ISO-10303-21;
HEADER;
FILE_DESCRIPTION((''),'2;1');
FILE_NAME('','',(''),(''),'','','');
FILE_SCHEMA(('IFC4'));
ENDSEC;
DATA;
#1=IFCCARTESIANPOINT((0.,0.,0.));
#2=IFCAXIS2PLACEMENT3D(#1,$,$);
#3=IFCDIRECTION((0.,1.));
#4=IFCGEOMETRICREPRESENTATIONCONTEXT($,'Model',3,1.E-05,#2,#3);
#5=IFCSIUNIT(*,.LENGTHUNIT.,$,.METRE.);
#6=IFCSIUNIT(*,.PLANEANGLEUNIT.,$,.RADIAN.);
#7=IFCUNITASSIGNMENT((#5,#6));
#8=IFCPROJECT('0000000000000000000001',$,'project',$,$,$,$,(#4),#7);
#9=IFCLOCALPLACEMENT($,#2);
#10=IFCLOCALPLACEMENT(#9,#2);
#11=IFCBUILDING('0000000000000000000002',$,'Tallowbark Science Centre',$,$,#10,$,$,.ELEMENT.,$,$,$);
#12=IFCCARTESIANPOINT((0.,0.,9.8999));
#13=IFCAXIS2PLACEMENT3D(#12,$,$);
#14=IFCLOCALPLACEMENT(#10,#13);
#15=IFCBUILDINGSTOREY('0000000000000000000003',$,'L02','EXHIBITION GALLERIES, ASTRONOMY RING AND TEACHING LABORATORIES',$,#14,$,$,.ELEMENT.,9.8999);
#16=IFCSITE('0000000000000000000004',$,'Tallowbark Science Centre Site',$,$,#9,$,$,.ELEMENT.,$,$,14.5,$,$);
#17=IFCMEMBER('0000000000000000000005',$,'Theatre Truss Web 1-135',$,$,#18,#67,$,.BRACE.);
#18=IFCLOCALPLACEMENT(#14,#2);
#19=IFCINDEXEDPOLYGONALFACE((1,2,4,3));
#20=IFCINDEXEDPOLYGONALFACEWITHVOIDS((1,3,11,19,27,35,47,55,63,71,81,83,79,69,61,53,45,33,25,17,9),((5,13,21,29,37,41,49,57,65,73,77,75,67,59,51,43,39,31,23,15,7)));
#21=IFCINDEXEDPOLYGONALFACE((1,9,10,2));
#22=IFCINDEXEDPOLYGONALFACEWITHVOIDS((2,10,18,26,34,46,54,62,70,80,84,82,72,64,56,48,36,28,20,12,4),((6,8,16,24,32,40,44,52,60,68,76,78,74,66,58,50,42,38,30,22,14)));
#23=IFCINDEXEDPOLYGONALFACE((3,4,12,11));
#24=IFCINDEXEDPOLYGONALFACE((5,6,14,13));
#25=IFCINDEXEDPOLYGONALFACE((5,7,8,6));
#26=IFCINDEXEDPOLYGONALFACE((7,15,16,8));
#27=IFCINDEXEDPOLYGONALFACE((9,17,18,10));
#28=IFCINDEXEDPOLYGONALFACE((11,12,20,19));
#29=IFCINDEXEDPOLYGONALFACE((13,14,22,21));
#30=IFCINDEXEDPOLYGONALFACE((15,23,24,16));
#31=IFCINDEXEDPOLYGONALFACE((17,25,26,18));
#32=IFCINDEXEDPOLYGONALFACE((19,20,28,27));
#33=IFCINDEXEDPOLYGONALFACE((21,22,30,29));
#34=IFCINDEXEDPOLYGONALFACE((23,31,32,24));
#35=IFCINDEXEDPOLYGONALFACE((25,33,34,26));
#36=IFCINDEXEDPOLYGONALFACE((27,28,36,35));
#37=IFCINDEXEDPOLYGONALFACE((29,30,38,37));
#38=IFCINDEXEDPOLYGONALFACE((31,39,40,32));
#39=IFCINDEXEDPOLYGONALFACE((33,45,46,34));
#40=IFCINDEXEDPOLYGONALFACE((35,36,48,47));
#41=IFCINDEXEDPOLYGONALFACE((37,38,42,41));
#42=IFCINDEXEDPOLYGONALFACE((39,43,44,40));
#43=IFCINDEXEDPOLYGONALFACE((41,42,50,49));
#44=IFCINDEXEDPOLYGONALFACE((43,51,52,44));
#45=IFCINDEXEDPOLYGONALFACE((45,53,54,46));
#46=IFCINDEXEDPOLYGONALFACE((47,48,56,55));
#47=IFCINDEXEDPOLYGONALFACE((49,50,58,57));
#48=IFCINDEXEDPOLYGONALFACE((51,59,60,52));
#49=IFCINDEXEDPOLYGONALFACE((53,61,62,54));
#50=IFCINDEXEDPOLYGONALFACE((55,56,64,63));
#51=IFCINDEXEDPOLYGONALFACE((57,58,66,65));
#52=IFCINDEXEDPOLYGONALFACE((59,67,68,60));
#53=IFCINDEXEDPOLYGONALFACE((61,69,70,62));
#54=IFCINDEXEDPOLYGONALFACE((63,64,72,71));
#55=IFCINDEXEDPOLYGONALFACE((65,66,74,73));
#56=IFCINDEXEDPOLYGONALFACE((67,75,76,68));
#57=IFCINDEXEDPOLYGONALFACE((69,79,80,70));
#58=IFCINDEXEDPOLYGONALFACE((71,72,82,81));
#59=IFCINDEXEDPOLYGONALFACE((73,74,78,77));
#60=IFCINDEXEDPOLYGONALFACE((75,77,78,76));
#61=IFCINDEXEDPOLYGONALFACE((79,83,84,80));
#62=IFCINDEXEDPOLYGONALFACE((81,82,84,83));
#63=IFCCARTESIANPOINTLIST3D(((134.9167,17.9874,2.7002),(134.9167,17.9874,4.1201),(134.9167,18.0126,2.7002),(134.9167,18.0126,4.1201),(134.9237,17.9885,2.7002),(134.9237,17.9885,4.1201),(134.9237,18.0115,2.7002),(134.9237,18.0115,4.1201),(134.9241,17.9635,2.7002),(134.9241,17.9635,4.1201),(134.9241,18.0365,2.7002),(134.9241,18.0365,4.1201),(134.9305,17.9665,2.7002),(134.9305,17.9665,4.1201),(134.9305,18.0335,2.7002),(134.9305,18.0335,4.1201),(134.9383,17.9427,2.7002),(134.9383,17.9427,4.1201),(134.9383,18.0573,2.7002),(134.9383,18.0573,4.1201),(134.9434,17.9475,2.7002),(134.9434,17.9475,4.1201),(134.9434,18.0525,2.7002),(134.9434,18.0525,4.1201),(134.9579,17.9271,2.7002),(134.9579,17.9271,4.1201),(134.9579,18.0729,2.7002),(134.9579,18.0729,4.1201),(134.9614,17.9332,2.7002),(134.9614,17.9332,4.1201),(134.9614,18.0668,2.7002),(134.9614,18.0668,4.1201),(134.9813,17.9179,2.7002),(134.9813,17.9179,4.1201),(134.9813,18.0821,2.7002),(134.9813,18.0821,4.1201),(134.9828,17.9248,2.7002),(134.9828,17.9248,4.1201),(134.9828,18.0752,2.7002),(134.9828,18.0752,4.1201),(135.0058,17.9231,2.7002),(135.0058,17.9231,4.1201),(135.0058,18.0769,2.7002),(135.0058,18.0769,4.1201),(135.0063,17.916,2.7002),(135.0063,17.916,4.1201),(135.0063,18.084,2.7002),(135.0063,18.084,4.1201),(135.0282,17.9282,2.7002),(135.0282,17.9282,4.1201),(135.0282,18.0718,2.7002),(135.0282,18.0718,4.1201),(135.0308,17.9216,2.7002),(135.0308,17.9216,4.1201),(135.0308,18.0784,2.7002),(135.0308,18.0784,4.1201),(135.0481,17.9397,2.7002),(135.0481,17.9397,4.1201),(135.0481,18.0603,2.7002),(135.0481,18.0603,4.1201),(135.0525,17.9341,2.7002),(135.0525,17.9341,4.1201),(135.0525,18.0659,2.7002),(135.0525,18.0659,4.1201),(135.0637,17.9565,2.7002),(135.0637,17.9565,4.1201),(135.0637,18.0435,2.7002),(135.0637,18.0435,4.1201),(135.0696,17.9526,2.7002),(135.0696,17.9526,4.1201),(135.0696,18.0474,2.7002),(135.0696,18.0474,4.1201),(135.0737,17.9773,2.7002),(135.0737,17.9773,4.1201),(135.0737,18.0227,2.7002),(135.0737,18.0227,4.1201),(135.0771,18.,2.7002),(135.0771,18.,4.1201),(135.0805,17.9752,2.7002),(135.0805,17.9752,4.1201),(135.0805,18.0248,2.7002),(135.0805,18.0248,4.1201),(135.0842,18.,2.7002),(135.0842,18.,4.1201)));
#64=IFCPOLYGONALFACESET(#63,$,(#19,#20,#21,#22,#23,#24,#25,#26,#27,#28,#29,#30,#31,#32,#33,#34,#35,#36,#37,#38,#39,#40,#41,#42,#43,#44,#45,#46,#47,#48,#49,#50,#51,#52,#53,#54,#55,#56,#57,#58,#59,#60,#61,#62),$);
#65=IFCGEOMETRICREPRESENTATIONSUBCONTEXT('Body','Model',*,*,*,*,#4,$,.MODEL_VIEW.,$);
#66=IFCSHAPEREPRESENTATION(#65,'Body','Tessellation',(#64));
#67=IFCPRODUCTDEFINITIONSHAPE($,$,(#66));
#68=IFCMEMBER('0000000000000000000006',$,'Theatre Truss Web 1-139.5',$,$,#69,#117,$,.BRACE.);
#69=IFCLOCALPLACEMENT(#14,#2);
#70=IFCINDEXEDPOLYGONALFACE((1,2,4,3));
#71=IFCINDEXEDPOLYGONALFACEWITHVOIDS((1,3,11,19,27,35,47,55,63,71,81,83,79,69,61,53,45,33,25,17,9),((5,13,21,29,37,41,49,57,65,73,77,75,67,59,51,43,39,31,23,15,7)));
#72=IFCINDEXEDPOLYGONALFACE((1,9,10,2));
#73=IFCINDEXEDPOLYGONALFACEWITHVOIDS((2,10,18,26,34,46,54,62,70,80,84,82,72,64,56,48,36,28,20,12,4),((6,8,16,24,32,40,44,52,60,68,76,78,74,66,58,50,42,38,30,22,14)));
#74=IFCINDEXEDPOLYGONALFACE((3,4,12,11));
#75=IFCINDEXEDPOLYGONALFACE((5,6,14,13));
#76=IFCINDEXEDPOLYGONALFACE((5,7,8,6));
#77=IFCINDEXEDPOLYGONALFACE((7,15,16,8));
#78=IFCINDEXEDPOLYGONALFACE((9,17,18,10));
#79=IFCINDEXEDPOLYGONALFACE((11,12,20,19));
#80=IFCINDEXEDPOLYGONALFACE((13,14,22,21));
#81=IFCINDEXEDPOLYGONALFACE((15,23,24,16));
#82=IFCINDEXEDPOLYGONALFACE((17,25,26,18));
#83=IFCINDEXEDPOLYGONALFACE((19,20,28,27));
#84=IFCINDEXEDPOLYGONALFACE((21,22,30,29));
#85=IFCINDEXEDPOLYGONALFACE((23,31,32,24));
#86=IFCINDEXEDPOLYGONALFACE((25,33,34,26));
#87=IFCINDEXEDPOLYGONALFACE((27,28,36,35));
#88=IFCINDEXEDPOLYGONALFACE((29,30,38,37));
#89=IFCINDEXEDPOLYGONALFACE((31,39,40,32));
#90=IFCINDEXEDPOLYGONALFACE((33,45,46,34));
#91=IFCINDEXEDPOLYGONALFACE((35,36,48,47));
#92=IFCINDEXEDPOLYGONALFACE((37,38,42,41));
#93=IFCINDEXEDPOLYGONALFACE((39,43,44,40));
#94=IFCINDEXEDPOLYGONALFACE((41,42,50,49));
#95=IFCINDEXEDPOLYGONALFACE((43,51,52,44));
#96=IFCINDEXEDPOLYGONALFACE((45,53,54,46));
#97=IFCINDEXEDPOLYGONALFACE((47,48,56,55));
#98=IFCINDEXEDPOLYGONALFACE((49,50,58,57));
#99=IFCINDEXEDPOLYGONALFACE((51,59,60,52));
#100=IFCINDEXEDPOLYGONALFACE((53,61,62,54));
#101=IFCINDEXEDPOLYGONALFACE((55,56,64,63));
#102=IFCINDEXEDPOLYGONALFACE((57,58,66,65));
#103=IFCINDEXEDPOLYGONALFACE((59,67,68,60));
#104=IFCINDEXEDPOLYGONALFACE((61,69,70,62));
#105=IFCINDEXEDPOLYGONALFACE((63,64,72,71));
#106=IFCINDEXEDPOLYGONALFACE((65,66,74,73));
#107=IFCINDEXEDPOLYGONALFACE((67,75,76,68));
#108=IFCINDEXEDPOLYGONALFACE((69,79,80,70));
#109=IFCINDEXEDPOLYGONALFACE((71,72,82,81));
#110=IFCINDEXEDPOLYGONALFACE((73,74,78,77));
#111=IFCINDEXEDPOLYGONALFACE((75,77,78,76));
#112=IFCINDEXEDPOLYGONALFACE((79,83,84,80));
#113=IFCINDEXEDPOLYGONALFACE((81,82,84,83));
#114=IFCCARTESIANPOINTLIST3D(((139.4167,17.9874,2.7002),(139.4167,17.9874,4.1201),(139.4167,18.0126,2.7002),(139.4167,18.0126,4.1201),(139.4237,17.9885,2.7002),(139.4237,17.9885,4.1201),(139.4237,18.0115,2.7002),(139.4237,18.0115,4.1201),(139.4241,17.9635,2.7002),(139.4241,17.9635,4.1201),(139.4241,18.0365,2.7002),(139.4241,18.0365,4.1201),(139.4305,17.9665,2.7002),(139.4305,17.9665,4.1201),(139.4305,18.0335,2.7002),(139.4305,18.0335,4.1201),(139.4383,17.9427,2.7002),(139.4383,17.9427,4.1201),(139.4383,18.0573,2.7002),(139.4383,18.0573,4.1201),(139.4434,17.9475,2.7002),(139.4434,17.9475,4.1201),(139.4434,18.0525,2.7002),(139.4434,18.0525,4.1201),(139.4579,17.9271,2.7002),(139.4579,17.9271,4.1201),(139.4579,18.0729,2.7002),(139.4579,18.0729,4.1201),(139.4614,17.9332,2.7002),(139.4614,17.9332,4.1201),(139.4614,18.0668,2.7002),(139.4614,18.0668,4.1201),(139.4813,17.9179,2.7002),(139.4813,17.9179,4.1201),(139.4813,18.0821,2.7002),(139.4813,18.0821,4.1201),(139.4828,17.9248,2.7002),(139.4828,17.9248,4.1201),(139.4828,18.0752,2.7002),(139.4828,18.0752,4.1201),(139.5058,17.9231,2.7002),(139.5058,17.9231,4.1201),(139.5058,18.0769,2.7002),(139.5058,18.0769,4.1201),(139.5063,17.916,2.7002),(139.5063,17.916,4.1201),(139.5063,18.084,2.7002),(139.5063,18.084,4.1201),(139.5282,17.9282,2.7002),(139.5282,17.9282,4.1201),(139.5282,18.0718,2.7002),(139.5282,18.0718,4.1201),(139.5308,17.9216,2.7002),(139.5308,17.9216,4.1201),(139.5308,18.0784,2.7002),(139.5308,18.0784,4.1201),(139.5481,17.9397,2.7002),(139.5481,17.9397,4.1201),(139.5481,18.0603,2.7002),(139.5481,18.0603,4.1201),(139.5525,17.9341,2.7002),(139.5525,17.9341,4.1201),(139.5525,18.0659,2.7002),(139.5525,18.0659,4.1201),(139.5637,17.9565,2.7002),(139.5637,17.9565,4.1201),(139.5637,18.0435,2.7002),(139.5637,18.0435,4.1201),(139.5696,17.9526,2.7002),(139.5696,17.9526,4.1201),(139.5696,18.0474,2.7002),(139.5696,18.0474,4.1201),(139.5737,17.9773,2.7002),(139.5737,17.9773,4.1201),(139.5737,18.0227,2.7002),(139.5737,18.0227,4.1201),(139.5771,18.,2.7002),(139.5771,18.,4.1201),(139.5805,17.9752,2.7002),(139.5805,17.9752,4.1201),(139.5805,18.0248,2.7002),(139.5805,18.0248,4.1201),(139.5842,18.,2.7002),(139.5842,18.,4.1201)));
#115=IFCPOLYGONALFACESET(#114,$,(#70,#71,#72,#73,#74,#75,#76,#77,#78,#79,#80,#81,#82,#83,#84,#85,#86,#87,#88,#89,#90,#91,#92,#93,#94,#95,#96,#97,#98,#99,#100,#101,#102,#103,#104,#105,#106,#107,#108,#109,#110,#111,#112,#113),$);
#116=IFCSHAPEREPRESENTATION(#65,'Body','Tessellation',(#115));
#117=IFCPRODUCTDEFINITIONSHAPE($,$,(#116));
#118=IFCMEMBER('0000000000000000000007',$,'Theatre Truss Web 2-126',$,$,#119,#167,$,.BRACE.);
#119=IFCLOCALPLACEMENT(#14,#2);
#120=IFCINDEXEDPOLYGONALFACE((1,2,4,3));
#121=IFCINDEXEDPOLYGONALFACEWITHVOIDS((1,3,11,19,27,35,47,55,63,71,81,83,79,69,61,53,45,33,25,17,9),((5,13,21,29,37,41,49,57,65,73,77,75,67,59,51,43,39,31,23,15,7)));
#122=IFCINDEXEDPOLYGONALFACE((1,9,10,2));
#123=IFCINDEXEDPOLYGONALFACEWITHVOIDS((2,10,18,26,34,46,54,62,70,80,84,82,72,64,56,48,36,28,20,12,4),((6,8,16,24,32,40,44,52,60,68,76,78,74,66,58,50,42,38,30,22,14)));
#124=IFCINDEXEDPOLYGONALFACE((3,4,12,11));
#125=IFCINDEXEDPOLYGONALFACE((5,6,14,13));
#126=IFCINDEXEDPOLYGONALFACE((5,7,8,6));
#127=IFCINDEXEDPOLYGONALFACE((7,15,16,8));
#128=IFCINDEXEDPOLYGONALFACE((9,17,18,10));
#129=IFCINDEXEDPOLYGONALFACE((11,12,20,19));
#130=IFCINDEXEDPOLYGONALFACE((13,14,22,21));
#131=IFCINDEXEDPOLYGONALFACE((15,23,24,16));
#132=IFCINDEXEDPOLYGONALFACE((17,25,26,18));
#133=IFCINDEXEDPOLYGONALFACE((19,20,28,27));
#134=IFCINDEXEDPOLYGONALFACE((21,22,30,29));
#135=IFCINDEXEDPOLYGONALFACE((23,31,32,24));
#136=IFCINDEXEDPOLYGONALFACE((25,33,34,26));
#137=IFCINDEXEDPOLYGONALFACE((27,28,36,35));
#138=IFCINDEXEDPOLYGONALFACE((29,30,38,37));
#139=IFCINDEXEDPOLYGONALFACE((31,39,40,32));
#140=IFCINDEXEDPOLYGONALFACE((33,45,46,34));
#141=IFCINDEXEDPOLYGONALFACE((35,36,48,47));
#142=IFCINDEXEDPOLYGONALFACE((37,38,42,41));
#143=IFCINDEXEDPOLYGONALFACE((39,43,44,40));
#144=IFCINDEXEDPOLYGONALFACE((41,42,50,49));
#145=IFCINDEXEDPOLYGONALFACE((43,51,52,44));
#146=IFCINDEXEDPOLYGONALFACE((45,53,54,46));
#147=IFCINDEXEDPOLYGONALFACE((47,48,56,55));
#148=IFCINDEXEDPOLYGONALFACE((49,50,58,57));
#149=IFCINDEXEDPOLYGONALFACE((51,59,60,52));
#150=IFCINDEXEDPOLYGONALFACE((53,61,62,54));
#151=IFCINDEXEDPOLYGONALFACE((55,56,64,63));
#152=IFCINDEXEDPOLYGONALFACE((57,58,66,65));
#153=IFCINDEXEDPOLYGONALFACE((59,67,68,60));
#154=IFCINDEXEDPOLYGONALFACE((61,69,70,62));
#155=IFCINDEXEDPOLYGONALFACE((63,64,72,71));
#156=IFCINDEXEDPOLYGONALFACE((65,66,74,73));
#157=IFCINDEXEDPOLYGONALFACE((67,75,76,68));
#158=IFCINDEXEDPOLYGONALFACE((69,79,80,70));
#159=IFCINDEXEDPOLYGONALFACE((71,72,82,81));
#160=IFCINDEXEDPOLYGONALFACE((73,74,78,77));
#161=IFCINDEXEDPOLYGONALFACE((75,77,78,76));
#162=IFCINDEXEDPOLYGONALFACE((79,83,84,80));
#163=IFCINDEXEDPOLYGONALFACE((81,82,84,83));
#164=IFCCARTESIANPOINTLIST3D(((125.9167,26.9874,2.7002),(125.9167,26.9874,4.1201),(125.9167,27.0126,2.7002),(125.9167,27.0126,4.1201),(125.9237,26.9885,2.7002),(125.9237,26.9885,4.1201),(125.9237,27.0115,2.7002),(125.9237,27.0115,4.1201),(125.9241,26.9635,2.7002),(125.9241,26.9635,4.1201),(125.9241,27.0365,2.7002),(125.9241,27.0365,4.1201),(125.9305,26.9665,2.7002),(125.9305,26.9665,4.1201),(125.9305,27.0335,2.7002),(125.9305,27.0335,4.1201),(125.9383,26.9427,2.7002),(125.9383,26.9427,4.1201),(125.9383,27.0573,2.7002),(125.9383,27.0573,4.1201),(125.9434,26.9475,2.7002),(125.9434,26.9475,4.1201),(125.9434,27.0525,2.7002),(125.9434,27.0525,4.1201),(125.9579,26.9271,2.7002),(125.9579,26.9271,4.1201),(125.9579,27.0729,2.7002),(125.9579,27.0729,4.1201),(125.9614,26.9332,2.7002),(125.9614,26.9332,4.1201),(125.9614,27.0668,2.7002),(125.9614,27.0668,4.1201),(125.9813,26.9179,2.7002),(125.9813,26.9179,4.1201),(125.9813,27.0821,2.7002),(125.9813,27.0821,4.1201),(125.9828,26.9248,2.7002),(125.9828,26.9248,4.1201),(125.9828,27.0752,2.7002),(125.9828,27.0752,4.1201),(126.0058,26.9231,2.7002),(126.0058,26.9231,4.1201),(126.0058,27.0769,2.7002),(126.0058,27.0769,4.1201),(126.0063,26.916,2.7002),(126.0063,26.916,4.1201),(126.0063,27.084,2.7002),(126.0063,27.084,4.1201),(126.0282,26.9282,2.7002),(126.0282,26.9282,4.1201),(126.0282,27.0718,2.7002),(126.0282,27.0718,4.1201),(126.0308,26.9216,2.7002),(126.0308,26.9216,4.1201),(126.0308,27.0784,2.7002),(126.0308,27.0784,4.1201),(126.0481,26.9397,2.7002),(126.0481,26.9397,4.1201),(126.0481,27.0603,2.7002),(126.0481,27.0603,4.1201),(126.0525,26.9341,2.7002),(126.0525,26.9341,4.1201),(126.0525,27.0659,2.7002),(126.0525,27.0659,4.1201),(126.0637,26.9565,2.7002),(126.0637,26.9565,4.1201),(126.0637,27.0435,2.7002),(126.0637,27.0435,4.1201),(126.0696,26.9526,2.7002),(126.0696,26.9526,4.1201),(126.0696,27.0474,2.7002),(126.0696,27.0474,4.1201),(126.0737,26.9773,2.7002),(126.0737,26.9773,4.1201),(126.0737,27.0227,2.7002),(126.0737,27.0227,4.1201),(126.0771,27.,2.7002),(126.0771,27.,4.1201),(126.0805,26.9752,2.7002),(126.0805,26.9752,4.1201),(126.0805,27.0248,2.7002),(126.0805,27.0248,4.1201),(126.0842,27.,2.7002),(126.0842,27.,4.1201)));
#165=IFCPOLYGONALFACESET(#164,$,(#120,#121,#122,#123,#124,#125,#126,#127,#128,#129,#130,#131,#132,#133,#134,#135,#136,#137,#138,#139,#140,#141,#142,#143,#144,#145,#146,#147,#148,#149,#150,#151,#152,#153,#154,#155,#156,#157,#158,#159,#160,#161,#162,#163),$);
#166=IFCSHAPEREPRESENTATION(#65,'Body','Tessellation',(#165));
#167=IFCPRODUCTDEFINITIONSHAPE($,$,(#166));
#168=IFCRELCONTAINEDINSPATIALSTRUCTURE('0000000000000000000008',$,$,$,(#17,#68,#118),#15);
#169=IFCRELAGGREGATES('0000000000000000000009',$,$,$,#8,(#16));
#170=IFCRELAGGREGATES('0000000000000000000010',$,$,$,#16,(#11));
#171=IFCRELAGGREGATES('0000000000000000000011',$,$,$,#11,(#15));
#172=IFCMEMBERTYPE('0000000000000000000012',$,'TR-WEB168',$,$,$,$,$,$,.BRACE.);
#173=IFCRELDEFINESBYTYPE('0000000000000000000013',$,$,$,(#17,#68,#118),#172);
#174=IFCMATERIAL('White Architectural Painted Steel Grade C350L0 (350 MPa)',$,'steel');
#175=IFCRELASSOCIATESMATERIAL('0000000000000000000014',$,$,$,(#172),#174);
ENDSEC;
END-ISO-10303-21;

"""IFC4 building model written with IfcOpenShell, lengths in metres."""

from ifc_helpers import new_model, si_unit, direction, frame, origin, origin_2d, place, context, subcontext, project, spatial, hollow_circle, extrude, material, material_profile, profile_set, type_object, element, save


model = new_model("IFC4")

# Units and contexts
model_context = context("Model", 3, precision=1e-05, world=origin(), true_north=direction((0.0, 1.0)))
body_context = subcontext(model_context, "Body", "Model", "MODEL_VIEW")
ifc_project = project(units=[si_unit("LENGTHUNIT", "METRE"), si_unit("PLANEANGLEUNIT", "RADIAN")], contexts=[model_context])

# Site, building, storey
site_placement = place(None, origin())
site = spatial("IfcSite", under=ifc_project, at=site_placement, Name="Tallowbark Science Centre Site", CompositionType="ELEMENT", RefElevation=14.5)
building_placement = place(site_placement, origin())
building = spatial("IfcBuilding", under=site, at=building_placement, Name="Tallowbark Science Centre", CompositionType="ELEMENT")
storey_placement = place(building_placement, frame((0.0, 0.0, 9.8999)))
storey = spatial("IfcBuildingStorey", under=building, at=storey_placement, Name="L02", Description="EXHIBITION GALLERIES, ASTRONOMY RING AND TEACHING LABORATORIES", CompositionType="ELEMENT", Elevation=9.8999)

# Members
ifc_material_1 = material(Name="White Architectural Painted Steel Grade C350L0 (350 MPa)", Category="steel")
ifc_material_profile_1 = material_profile(ifc_material_1, hollow_circle(Radius=0.0842, WallThickness=0.0071, at=origin_2d()), Name="168.3x7.1CHS")
ifc_profile_set_1 = profile_set([ifc_material_profile_1], Name="White Architectural Painted Steel Grade C350L0 (350 MPa)")
member_type_1 = type_object("IfcMemberType", Name="TR-WEB168", PredefinedType="BRACE", material=ifc_profile_set_1)
for number, where, z_axis, x_axis, name in (
    (1, (135.0, 18.0, 2.7002), (0.0, 0.0, 1.0), (1.0, 0.0, 0.0), "Theatre Truss Web 1-135"),
    (2, (139.5, 18.0, 2.7002), (0.0, 0.0, 1.0), (1.0, 0.0, 0.0), "Theatre Truss Web 1-139.5"),
    (3, (126.0, 27.0, 2.7002), (0.0, 0.0, 1.0), (1.0, 0.0, 0.0), "Theatre Truss Web 2-126"),
):
    element("IfcMember", number, at=place(storey_placement, frame(where, z_axis=z_axis, x_axis=x_axis)), inside=storey, type_object=member_type_1, Name=name, PredefinedType="BRACE", context=body_context, shape_type="SweptSolid", body=[
        extrude(hollow_circle(Radius=0.0842, WallThickness=0.0071, at=origin_2d()), origin(), (0.0, 0.0, 1.0), 1.4199),
    ])

save(model, "model.ifc")
